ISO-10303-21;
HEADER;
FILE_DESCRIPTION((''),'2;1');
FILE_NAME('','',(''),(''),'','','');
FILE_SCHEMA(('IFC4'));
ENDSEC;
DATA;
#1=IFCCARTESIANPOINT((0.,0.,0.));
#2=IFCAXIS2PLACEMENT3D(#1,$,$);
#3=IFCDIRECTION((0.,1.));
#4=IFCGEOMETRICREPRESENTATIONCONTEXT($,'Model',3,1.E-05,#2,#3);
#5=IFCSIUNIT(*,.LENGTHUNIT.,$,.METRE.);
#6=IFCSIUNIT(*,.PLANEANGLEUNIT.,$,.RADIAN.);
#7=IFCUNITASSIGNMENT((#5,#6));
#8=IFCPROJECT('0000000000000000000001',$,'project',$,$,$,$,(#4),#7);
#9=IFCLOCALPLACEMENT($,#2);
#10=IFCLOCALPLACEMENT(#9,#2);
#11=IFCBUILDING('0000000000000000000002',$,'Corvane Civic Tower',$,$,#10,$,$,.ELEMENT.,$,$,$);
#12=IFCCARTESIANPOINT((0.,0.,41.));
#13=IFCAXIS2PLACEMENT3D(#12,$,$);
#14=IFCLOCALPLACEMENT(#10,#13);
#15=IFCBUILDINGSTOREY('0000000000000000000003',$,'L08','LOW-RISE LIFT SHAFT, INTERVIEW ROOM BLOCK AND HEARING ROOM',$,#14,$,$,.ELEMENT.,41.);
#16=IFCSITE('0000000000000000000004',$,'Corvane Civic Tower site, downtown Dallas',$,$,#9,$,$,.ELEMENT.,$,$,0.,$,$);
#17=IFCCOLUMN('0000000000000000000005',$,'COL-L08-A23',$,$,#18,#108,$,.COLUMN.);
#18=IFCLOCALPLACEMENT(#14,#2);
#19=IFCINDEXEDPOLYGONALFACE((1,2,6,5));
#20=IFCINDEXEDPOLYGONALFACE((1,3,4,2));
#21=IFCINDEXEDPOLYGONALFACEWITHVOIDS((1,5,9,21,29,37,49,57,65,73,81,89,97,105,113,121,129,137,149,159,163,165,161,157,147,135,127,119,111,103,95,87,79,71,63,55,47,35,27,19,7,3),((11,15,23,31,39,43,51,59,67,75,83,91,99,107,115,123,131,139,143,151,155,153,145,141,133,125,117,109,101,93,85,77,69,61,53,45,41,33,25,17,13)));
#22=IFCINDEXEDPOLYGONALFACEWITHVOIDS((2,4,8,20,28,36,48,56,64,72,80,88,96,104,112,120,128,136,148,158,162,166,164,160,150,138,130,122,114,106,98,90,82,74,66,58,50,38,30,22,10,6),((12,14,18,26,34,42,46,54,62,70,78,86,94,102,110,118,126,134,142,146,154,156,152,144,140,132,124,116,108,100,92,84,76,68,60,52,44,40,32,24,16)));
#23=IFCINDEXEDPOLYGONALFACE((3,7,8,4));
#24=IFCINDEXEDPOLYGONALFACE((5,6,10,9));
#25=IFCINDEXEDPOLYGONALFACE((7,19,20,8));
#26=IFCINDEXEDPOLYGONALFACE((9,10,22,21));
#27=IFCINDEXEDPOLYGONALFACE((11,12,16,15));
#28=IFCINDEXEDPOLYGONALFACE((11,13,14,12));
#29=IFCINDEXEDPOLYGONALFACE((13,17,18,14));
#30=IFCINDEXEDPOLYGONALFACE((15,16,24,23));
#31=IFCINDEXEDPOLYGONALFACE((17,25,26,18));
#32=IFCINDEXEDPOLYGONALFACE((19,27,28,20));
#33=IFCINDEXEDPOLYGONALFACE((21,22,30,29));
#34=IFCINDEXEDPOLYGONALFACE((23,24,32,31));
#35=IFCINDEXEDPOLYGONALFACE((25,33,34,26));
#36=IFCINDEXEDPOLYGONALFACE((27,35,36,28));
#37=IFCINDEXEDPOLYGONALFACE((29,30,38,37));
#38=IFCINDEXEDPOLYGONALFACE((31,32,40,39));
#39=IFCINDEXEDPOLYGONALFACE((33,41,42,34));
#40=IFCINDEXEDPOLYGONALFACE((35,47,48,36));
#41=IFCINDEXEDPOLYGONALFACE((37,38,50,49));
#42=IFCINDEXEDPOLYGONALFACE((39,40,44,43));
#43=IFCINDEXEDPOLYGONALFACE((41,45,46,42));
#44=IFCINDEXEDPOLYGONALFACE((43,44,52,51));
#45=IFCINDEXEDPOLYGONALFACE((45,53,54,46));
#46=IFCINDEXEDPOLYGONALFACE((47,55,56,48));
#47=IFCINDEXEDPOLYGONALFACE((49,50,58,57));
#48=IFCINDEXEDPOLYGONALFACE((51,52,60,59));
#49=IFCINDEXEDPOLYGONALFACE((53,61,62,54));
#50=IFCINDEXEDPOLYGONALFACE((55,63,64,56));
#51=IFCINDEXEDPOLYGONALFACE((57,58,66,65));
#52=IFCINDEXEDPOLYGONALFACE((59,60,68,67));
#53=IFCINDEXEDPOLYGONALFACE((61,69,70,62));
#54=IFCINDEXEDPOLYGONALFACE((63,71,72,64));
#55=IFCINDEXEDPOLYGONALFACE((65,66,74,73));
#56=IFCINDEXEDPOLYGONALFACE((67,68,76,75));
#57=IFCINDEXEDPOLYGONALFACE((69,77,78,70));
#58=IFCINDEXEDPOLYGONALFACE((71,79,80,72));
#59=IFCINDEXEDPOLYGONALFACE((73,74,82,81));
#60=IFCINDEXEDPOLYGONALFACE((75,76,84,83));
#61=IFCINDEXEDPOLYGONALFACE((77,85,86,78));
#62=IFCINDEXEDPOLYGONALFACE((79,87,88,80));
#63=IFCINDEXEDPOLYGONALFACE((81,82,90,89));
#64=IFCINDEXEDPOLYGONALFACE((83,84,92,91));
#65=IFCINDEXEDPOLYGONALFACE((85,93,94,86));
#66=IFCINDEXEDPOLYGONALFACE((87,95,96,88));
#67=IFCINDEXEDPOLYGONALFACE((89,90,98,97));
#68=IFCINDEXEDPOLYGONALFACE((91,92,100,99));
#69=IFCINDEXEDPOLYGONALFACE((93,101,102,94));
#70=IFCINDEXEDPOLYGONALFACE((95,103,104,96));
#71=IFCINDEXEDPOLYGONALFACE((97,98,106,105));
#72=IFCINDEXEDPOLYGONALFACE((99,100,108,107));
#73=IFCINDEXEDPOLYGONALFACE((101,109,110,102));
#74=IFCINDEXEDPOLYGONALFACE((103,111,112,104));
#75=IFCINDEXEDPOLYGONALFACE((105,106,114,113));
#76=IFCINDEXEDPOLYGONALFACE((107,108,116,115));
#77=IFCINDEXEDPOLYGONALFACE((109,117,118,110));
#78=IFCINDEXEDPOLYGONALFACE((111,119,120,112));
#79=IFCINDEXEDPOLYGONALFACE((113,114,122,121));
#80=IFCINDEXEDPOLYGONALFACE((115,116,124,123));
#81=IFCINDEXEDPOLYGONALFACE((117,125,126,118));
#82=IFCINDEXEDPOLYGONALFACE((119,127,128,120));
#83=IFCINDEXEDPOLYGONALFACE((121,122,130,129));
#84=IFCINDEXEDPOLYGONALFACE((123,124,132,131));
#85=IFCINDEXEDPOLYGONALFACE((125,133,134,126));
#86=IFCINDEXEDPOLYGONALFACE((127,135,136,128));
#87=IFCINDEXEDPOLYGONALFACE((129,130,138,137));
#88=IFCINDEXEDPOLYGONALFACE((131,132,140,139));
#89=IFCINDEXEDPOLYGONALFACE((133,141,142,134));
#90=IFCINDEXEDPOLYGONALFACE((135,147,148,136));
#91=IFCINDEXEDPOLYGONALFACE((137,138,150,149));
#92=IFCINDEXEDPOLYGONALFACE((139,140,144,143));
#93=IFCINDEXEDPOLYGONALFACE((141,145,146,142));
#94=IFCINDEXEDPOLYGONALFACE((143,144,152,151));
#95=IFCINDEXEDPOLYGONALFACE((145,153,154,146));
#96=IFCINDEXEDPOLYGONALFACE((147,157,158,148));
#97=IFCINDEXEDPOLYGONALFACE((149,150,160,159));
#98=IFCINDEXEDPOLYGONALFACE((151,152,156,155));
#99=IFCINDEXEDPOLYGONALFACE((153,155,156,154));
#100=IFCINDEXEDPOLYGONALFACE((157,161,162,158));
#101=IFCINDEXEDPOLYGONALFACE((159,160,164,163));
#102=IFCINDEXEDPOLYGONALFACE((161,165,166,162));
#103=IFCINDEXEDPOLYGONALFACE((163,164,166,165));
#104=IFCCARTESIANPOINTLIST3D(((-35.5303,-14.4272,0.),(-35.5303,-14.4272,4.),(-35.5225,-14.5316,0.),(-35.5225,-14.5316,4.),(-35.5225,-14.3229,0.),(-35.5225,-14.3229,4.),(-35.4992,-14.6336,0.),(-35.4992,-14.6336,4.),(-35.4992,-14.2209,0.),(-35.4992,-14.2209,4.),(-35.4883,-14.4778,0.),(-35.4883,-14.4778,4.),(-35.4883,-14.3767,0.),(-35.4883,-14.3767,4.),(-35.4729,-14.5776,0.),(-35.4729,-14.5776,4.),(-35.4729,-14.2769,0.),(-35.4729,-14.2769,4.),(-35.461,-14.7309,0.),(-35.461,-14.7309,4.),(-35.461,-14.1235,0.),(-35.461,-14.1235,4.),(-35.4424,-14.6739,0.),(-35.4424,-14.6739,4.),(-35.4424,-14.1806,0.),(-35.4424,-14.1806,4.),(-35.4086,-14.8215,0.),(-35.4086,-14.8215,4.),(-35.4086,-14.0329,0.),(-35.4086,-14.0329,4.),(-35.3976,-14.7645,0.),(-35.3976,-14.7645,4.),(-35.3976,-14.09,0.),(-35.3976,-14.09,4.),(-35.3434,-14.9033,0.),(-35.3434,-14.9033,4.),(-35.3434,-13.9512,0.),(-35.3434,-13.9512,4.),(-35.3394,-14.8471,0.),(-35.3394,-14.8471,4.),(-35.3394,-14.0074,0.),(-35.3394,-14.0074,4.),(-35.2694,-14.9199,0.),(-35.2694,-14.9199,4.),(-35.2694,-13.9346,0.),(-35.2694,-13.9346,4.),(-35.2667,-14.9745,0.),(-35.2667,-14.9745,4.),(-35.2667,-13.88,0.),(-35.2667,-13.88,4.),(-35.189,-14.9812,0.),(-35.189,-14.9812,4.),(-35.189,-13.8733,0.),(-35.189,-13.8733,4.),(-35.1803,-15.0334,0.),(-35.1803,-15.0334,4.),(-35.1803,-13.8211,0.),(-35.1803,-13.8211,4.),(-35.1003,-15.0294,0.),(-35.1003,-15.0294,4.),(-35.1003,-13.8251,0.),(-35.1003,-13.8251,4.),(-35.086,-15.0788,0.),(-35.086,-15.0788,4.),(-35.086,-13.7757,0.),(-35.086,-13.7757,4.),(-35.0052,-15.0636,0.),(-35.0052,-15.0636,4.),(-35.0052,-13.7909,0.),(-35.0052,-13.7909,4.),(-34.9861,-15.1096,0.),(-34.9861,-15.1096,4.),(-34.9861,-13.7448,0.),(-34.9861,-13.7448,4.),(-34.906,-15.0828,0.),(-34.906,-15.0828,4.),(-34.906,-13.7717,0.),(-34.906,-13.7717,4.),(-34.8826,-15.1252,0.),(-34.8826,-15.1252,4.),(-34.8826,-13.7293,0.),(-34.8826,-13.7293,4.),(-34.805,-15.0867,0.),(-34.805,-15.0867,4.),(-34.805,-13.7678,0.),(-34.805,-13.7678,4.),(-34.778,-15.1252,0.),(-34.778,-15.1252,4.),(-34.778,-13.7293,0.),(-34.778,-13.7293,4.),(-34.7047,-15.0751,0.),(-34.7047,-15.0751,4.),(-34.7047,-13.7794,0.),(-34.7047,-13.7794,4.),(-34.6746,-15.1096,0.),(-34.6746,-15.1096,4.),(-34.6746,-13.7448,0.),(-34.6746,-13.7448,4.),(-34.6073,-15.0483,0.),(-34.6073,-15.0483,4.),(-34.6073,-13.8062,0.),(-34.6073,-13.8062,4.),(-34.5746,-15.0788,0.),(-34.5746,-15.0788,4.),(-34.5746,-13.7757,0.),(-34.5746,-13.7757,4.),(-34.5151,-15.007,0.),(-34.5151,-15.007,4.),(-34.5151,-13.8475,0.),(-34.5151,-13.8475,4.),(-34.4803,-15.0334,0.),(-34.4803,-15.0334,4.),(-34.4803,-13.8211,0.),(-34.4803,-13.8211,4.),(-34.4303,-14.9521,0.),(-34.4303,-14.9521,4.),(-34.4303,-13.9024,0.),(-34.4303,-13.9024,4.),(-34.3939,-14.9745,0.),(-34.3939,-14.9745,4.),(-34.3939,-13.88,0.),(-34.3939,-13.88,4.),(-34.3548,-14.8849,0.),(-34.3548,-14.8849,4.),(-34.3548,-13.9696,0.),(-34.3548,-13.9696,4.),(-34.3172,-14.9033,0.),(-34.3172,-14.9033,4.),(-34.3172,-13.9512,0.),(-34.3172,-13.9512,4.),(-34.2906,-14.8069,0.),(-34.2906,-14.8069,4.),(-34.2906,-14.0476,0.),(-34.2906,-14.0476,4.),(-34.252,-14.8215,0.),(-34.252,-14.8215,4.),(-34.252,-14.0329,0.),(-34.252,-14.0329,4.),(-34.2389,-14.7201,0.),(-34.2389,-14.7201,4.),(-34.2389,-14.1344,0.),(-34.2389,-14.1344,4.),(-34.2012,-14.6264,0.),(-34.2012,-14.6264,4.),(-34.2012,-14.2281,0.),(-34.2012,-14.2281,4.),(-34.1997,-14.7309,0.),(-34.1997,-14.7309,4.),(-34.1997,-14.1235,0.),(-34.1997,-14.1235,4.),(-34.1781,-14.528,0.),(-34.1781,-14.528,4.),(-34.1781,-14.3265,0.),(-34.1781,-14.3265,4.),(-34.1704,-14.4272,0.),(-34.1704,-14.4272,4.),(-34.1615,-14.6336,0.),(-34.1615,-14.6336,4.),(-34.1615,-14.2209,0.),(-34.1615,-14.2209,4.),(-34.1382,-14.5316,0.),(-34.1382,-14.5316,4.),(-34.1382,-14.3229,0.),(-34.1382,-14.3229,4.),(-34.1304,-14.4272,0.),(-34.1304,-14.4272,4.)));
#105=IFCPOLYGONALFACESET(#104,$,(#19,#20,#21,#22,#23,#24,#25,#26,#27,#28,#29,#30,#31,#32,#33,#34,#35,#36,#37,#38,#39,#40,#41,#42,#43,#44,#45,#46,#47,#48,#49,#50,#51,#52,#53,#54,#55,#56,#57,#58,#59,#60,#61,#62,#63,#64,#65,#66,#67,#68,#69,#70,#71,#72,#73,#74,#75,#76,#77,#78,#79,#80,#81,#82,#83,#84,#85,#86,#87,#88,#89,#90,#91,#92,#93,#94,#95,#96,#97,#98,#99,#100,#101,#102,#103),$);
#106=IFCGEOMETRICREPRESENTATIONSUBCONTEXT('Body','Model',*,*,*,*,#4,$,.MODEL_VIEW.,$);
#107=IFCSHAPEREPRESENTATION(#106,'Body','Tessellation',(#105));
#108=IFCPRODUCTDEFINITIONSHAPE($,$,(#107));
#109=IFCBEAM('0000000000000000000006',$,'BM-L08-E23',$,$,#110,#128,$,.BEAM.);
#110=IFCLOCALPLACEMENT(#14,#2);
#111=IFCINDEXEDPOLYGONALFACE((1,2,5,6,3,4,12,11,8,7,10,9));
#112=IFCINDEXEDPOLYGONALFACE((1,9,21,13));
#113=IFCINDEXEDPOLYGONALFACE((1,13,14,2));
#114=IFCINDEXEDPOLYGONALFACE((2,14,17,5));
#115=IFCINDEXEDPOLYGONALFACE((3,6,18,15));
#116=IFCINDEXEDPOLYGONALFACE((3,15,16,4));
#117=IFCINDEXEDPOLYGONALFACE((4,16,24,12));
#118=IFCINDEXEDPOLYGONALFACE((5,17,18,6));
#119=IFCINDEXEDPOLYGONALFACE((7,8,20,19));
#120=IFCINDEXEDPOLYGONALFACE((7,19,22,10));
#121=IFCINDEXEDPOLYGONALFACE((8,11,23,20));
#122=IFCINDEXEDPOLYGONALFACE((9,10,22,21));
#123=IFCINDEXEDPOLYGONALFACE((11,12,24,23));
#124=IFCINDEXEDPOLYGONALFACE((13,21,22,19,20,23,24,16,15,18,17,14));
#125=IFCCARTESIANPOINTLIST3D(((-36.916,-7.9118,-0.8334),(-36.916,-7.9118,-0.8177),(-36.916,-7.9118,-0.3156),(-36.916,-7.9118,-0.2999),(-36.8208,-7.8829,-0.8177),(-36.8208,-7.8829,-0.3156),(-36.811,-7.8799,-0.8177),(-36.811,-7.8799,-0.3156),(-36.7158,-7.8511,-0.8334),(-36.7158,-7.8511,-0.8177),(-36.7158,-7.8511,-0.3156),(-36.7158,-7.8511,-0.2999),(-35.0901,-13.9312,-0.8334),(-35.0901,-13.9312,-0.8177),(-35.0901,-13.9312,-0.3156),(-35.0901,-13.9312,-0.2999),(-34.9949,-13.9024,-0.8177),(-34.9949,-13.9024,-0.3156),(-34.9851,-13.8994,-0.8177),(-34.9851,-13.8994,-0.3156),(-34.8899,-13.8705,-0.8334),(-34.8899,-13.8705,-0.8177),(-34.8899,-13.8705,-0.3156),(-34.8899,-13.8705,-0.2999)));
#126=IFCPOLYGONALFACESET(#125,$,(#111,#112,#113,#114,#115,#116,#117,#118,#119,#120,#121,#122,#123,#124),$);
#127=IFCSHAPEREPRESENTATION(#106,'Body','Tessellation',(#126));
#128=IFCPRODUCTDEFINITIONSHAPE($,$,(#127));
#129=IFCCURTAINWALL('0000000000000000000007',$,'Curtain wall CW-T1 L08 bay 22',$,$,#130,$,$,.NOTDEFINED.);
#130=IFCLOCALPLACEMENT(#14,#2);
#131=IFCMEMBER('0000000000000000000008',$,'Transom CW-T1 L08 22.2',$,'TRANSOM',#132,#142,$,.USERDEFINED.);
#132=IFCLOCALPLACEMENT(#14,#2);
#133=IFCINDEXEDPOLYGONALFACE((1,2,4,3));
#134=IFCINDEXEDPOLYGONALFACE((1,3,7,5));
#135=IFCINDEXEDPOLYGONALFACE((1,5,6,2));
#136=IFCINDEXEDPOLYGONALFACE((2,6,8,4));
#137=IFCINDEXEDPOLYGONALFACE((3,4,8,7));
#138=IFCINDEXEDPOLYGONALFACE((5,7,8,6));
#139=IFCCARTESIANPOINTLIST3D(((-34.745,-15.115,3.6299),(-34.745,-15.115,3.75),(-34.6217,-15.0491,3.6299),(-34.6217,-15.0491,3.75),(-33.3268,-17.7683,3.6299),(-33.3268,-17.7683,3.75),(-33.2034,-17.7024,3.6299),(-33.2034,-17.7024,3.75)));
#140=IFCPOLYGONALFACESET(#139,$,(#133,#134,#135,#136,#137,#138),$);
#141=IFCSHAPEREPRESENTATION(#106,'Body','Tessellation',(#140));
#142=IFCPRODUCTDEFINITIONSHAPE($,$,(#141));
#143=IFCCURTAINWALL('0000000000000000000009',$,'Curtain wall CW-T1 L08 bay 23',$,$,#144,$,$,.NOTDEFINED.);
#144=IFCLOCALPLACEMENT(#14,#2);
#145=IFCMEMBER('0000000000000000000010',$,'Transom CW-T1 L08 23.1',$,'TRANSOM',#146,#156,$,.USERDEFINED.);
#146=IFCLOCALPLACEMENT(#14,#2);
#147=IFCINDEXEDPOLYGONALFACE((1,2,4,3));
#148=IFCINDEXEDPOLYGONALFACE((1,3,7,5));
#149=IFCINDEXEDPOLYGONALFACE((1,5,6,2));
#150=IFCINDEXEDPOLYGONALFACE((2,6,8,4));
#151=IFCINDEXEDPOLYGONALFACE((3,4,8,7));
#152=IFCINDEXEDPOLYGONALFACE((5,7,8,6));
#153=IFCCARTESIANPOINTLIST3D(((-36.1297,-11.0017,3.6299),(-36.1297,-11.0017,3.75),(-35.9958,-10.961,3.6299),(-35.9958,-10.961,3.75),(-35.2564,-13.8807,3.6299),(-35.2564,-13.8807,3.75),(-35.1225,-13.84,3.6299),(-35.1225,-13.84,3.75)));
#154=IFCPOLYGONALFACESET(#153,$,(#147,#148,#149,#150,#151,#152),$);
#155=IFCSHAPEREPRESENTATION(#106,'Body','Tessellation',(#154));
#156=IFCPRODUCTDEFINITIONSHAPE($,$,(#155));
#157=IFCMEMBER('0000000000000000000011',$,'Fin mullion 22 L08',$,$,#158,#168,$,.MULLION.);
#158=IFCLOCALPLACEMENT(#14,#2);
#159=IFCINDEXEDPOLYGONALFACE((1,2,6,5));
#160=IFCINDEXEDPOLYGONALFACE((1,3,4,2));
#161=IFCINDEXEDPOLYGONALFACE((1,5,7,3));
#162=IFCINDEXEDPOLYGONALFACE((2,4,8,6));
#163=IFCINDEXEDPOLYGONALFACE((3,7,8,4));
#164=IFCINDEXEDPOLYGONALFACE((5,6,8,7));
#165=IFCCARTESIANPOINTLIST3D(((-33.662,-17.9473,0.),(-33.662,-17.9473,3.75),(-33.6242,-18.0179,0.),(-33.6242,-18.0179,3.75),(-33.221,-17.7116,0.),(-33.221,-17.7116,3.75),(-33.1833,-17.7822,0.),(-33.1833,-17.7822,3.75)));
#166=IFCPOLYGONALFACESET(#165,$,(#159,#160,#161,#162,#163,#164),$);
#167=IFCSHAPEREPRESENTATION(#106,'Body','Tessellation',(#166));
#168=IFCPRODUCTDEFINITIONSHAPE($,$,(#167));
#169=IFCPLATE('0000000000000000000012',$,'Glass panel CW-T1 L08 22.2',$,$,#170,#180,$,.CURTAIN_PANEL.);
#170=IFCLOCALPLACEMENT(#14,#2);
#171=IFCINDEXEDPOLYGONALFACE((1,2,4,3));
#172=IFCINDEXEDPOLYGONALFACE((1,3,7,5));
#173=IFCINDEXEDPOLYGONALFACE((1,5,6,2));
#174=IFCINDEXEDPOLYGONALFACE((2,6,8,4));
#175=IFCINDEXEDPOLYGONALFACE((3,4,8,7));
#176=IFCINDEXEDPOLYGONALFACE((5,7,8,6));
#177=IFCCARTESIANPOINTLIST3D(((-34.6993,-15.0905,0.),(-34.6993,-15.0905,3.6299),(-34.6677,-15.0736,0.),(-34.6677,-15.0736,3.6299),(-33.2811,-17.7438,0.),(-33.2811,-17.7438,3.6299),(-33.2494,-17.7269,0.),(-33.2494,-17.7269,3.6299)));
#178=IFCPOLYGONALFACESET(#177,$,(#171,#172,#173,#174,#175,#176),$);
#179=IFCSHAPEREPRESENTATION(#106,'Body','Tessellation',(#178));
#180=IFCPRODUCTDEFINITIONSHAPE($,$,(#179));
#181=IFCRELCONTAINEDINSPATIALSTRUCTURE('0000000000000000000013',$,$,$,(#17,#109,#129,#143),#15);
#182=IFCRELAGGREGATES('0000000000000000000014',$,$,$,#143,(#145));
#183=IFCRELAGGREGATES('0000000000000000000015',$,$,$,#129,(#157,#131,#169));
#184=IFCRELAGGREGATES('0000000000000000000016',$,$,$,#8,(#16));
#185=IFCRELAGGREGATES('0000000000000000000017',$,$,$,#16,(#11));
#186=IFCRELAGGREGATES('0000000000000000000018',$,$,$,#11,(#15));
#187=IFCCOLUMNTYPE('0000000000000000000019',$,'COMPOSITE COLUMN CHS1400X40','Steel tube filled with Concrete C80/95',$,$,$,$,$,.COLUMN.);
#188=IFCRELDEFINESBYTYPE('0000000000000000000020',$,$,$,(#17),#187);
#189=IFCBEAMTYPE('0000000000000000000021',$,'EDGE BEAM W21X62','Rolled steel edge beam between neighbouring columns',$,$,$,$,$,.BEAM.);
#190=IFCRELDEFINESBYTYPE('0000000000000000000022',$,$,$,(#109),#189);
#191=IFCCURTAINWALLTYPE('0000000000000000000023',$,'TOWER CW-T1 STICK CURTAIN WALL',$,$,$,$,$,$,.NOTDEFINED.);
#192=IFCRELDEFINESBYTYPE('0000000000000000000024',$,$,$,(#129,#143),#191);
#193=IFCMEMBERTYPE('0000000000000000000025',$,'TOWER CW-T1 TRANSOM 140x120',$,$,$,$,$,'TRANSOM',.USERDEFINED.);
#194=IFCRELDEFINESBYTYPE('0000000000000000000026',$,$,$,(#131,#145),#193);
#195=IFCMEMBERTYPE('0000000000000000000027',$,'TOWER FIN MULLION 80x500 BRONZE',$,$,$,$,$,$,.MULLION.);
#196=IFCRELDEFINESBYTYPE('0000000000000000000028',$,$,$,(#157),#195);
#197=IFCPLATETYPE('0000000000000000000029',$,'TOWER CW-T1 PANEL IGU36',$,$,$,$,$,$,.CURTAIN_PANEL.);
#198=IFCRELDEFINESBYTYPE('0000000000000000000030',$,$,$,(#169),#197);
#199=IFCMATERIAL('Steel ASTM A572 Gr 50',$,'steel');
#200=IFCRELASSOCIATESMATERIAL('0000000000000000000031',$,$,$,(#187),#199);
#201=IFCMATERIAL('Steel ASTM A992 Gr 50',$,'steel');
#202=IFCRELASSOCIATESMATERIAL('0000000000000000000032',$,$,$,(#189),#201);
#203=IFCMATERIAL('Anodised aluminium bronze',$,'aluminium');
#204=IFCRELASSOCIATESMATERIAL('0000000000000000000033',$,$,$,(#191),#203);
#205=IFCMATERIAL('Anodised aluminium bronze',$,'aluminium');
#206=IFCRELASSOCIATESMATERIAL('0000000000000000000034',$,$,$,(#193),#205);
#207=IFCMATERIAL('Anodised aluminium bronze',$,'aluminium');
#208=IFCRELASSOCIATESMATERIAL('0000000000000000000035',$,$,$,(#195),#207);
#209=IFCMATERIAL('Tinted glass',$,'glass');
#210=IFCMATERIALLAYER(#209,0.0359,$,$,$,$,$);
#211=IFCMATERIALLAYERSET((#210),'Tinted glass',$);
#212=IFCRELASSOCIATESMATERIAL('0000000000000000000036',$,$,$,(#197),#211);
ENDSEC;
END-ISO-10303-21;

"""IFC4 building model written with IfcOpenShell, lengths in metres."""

from ifc_helpers import new_model, si_unit, direction, frame, origin, origin_2d, place, context, subcontext, project, spatial, rectangle, hollow_circle, i_section, extrude, material, layer, layer_set, material_profile, profile_set, type_object, element, aggregate, save


model = new_model("IFC4")

# Units and contexts
model_context = context("Model", 3, precision=1e-05, world=origin(), true_north=direction((0.0, 1.0)))
body_context = subcontext(model_context, "Body", "Model", "MODEL_VIEW")
ifc_project = project(units=[si_unit("LENGTHUNIT", "METRE"), si_unit("PLANEANGLEUNIT", "RADIAN")], contexts=[model_context])

# Site, building, storey
site_placement = place(None, origin())
site = spatial("IfcSite", under=ifc_project, at=site_placement, Name="Corvane Civic Tower site, downtown Dallas", CompositionType="ELEMENT", RefElevation=0.0)
building_placement = place(site_placement, origin())
building = spatial("IfcBuilding", under=site, at=building_placement, Name="Corvane Civic Tower", CompositionType="ELEMENT")
storey_placement = place(building_placement, frame((0.0, 0.0, 41.0)))
storey = spatial("IfcBuildingStorey", under=building, at=storey_placement, Name="L08", Description="LOW-RISE LIFT SHAFT, INTERVIEW ROOM BLOCK AND HEARING ROOM", CompositionType="ELEMENT", Elevation=41.0)

# Column
ifc_material_1 = material(Name="Steel ASTM A572 Gr 50", Category="steel")
ifc_material_profile_1 = material_profile(ifc_material_1, hollow_circle(Radius=0.7, WallThickness=0.04, at=origin_2d()), Name="CHS1400X40")
ifc_profile_set_1 = profile_set([ifc_material_profile_1], Name="Steel ASTM A572 Gr 50")
column_type = type_object("IfcColumnType", Name="COMPOSITE COLUMN CHS1400X40", Description="Steel tube filled with Concrete C80/95", PredefinedType="COLUMN", material=ifc_profile_set_1)
column_placement = place(storey_placement, frame((-34.8303, -14.4272, 0.0), z_axis=(0.0, 0.0, 1.0), x_axis=(1.0, 0.0, 0.0)))
element("IfcColumn", 1, at=column_placement, inside=storey, type_object=column_type, Name="COL-L08-A23", PredefinedType="COLUMN", context=body_context, shape_type="SweptSolid", body=[
    extrude(hollow_circle(Radius=0.7, WallThickness=0.04, at=origin_2d()), origin(), (0.0, 0.0, 1.0), 4.0),
])

# Beam
ifc_material_2 = material(Name="Steel ASTM A992 Gr 50", Category="steel")
ifc_material_profile_2 = material_profile(ifc_material_2, i_section(OverallWidth=0.2092, OverallDepth=0.5334, WebThickness=0.0103, FlangeThickness=0.0156, at=origin_2d()), Name="W21X62")
ifc_profile_set_2 = profile_set([ifc_material_profile_2], Name="Steel ASTM A992 Gr 50")
beam_type = type_object("IfcBeamType", Name="EDGE BEAM W21X62", Description="Rolled steel edge beam between neighbouring columns", PredefinedType="BEAM", material=ifc_profile_set_2)
beam_placement = place(storey_placement, frame((-34.99, -13.9009, -0.5667), z_axis=(-0.290273, 0.956944, 0.0), x_axis=(-0.956944, -0.290273, 0.0)))
element("IfcBeam", 2, at=beam_placement, inside=storey, type_object=beam_type, Name="BM-L08-E23", PredefinedType="BEAM", context=body_context, shape_type="SweptSolid", body=[
    extrude(i_section(OverallWidth=0.2092, OverallDepth=0.5334, WebThickness=0.0103, FlangeThickness=0.0156, at=origin_2d()), origin(), (0.0, 0.0, 1.0), 6.2903),
])

# Curtain walls, members
ifc_material_3 = material(Name="Anodised aluminium bronze", Category="aluminium")
curtain_wall_type = type_object("IfcCurtainWallType", Name="TOWER CW-T1 STICK CURTAIN WALL", PredefinedType="NOTDEFINED", material=ifc_material_3)
curtain_wall_1_placement = place(storey_placement, origin())
curtain_wall_1 = element("IfcCurtainWall", 3, at=curtain_wall_1_placement, inside=storey, type_object=curtain_wall_type, Name="Curtain wall CW-T1 L08 bay 22", PredefinedType="NOTDEFINED")
ifc_material_4 = material(Name="Anodised aluminium bronze", Category="aluminium")
ifc_material_profile_3 = material_profile(ifc_material_4, rectangle(XDim=0.1399, YDim=0.1201, at=origin_2d()), Name="TOWER CW-T1 TRANSOM 140x120")
ifc_profile_set_3 = profile_set([ifc_material_profile_3], Name="Anodised aluminium bronze")
member_type_1 = type_object("IfcMemberType", Name="TOWER CW-T1 TRANSOM 140x120", ElementType="TRANSOM", PredefinedType="USERDEFINED", material=ifc_profile_set_3)
member_1_placement = place(storey_placement, frame((-33.2651, -17.7354, 3.6899), z_axis=(-0.471393, 0.881924, 0.0), x_axis=(-0.881924, -0.471393, 0.0)))
member_1 = element("IfcMember", 4, at=member_1_placement, type_object=member_type_1, Name="Transom CW-T1 L08 22.2", ObjectType="TRANSOM", PredefinedType="USERDEFINED", context=body_context, shape_type="SweptSolid", body=[
    extrude(rectangle(XDim=0.1399, YDim=0.1201, at=origin_2d()), origin(), (0.0, 0.0, 1.0), 3.0085),
])
curtain_wall_2_placement = place(storey_placement, origin())
curtain_wall_2 = element("IfcCurtainWall", 5, at=curtain_wall_2_placement, inside=storey, type_object=curtain_wall_type, Name="Curtain wall CW-T1 L08 bay 23", PredefinedType="NOTDEFINED")
member_2_placement = place(storey_placement, frame((-35.1895, -13.8604, 3.6899), z_axis=(-0.29028, 0.956942, 0.0), x_axis=(-0.956942, -0.29028, 0.0)))
member_2 = element("IfcMember", 6, at=member_2_placement, type_object=member_type_1, Name="Transom CW-T1 L08 23.1", ObjectType="TRANSOM", PredefinedType="USERDEFINED", context=body_context, shape_type="SweptSolid", body=[
    extrude(rectangle(XDim=0.1399, YDim=0.1201, at=origin_2d()), origin(), (0.0, 0.0, 1.0), 3.0085),
])
aggregate(curtain_wall_2, [member_2])

# Member
ifc_material_5 = material(Name="Anodised aluminium bronze", Category="aluminium")
ifc_material_profile_4 = material_profile(ifc_material_5, rectangle(XDim=0.0801, YDim=0.5, at=origin_2d()), Name="TOWER FIN MULLION 80x500 BRONZE")
ifc_profile_set_4 = profile_set([ifc_material_profile_4], Name="Anodised aluminium bronze")
member_type_2 = type_object("IfcMemberType", Name="TOWER FIN MULLION 80x500 BRONZE", PredefinedType="MULLION", material=ifc_profile_set_4)
member_3_placement = place(storey_placement, frame((-33.4226, -17.8647, 0.0), z_axis=(0.0, 0.0, 1.0), x_axis=(-0.471404, 0.881918, 0.0)))
member_3 = element("IfcMember", 7, at=member_3_placement, type_object=member_type_2, Name="Fin mullion 22 L08", PredefinedType="MULLION", context=body_context, shape_type="SweptSolid", body=[
    extrude(rectangle(XDim=0.0801, YDim=0.5, at=origin_2d()), origin(), (0.0, 0.0, 1.0), 3.75),
])

# Plate
ifc_material_6 = material(Name="Tinted glass", Category="glass")
ifc_layer_1 = layer(ifc_material_6, 0.0359)
ifc_layer_set_1 = layer_set([ifc_layer_1], Name="Tinted glass")
plate_type = type_object("IfcPlateType", Name="TOWER CW-T1 PANEL IGU36", PredefinedType="CURTAIN_PANEL", material=ifc_layer_set_1)
plate_placement = place(storey_placement, frame((-33.9744, -16.4087, 0.0), z_axis=(0.0, 0.0, 1.0), x_axis=(-0.471404, 0.881918, 0.0)))
plate = element("IfcPlate", 8, at=plate_placement, type_object=plate_type, Name="Glass panel CW-T1 L08 22.2", PredefinedType="CURTAIN_PANEL", context=body_context, shape_type="SweptSolid", body=[
    extrude(rectangle(XDim=3.0085, YDim=0.0359, at=origin_2d()), origin(), (0.0, 0.0, 1.0), 3.6299),
])
aggregate(curtain_wall_1, [member_3, member_1, plate])

save(model, "model.ifc")
